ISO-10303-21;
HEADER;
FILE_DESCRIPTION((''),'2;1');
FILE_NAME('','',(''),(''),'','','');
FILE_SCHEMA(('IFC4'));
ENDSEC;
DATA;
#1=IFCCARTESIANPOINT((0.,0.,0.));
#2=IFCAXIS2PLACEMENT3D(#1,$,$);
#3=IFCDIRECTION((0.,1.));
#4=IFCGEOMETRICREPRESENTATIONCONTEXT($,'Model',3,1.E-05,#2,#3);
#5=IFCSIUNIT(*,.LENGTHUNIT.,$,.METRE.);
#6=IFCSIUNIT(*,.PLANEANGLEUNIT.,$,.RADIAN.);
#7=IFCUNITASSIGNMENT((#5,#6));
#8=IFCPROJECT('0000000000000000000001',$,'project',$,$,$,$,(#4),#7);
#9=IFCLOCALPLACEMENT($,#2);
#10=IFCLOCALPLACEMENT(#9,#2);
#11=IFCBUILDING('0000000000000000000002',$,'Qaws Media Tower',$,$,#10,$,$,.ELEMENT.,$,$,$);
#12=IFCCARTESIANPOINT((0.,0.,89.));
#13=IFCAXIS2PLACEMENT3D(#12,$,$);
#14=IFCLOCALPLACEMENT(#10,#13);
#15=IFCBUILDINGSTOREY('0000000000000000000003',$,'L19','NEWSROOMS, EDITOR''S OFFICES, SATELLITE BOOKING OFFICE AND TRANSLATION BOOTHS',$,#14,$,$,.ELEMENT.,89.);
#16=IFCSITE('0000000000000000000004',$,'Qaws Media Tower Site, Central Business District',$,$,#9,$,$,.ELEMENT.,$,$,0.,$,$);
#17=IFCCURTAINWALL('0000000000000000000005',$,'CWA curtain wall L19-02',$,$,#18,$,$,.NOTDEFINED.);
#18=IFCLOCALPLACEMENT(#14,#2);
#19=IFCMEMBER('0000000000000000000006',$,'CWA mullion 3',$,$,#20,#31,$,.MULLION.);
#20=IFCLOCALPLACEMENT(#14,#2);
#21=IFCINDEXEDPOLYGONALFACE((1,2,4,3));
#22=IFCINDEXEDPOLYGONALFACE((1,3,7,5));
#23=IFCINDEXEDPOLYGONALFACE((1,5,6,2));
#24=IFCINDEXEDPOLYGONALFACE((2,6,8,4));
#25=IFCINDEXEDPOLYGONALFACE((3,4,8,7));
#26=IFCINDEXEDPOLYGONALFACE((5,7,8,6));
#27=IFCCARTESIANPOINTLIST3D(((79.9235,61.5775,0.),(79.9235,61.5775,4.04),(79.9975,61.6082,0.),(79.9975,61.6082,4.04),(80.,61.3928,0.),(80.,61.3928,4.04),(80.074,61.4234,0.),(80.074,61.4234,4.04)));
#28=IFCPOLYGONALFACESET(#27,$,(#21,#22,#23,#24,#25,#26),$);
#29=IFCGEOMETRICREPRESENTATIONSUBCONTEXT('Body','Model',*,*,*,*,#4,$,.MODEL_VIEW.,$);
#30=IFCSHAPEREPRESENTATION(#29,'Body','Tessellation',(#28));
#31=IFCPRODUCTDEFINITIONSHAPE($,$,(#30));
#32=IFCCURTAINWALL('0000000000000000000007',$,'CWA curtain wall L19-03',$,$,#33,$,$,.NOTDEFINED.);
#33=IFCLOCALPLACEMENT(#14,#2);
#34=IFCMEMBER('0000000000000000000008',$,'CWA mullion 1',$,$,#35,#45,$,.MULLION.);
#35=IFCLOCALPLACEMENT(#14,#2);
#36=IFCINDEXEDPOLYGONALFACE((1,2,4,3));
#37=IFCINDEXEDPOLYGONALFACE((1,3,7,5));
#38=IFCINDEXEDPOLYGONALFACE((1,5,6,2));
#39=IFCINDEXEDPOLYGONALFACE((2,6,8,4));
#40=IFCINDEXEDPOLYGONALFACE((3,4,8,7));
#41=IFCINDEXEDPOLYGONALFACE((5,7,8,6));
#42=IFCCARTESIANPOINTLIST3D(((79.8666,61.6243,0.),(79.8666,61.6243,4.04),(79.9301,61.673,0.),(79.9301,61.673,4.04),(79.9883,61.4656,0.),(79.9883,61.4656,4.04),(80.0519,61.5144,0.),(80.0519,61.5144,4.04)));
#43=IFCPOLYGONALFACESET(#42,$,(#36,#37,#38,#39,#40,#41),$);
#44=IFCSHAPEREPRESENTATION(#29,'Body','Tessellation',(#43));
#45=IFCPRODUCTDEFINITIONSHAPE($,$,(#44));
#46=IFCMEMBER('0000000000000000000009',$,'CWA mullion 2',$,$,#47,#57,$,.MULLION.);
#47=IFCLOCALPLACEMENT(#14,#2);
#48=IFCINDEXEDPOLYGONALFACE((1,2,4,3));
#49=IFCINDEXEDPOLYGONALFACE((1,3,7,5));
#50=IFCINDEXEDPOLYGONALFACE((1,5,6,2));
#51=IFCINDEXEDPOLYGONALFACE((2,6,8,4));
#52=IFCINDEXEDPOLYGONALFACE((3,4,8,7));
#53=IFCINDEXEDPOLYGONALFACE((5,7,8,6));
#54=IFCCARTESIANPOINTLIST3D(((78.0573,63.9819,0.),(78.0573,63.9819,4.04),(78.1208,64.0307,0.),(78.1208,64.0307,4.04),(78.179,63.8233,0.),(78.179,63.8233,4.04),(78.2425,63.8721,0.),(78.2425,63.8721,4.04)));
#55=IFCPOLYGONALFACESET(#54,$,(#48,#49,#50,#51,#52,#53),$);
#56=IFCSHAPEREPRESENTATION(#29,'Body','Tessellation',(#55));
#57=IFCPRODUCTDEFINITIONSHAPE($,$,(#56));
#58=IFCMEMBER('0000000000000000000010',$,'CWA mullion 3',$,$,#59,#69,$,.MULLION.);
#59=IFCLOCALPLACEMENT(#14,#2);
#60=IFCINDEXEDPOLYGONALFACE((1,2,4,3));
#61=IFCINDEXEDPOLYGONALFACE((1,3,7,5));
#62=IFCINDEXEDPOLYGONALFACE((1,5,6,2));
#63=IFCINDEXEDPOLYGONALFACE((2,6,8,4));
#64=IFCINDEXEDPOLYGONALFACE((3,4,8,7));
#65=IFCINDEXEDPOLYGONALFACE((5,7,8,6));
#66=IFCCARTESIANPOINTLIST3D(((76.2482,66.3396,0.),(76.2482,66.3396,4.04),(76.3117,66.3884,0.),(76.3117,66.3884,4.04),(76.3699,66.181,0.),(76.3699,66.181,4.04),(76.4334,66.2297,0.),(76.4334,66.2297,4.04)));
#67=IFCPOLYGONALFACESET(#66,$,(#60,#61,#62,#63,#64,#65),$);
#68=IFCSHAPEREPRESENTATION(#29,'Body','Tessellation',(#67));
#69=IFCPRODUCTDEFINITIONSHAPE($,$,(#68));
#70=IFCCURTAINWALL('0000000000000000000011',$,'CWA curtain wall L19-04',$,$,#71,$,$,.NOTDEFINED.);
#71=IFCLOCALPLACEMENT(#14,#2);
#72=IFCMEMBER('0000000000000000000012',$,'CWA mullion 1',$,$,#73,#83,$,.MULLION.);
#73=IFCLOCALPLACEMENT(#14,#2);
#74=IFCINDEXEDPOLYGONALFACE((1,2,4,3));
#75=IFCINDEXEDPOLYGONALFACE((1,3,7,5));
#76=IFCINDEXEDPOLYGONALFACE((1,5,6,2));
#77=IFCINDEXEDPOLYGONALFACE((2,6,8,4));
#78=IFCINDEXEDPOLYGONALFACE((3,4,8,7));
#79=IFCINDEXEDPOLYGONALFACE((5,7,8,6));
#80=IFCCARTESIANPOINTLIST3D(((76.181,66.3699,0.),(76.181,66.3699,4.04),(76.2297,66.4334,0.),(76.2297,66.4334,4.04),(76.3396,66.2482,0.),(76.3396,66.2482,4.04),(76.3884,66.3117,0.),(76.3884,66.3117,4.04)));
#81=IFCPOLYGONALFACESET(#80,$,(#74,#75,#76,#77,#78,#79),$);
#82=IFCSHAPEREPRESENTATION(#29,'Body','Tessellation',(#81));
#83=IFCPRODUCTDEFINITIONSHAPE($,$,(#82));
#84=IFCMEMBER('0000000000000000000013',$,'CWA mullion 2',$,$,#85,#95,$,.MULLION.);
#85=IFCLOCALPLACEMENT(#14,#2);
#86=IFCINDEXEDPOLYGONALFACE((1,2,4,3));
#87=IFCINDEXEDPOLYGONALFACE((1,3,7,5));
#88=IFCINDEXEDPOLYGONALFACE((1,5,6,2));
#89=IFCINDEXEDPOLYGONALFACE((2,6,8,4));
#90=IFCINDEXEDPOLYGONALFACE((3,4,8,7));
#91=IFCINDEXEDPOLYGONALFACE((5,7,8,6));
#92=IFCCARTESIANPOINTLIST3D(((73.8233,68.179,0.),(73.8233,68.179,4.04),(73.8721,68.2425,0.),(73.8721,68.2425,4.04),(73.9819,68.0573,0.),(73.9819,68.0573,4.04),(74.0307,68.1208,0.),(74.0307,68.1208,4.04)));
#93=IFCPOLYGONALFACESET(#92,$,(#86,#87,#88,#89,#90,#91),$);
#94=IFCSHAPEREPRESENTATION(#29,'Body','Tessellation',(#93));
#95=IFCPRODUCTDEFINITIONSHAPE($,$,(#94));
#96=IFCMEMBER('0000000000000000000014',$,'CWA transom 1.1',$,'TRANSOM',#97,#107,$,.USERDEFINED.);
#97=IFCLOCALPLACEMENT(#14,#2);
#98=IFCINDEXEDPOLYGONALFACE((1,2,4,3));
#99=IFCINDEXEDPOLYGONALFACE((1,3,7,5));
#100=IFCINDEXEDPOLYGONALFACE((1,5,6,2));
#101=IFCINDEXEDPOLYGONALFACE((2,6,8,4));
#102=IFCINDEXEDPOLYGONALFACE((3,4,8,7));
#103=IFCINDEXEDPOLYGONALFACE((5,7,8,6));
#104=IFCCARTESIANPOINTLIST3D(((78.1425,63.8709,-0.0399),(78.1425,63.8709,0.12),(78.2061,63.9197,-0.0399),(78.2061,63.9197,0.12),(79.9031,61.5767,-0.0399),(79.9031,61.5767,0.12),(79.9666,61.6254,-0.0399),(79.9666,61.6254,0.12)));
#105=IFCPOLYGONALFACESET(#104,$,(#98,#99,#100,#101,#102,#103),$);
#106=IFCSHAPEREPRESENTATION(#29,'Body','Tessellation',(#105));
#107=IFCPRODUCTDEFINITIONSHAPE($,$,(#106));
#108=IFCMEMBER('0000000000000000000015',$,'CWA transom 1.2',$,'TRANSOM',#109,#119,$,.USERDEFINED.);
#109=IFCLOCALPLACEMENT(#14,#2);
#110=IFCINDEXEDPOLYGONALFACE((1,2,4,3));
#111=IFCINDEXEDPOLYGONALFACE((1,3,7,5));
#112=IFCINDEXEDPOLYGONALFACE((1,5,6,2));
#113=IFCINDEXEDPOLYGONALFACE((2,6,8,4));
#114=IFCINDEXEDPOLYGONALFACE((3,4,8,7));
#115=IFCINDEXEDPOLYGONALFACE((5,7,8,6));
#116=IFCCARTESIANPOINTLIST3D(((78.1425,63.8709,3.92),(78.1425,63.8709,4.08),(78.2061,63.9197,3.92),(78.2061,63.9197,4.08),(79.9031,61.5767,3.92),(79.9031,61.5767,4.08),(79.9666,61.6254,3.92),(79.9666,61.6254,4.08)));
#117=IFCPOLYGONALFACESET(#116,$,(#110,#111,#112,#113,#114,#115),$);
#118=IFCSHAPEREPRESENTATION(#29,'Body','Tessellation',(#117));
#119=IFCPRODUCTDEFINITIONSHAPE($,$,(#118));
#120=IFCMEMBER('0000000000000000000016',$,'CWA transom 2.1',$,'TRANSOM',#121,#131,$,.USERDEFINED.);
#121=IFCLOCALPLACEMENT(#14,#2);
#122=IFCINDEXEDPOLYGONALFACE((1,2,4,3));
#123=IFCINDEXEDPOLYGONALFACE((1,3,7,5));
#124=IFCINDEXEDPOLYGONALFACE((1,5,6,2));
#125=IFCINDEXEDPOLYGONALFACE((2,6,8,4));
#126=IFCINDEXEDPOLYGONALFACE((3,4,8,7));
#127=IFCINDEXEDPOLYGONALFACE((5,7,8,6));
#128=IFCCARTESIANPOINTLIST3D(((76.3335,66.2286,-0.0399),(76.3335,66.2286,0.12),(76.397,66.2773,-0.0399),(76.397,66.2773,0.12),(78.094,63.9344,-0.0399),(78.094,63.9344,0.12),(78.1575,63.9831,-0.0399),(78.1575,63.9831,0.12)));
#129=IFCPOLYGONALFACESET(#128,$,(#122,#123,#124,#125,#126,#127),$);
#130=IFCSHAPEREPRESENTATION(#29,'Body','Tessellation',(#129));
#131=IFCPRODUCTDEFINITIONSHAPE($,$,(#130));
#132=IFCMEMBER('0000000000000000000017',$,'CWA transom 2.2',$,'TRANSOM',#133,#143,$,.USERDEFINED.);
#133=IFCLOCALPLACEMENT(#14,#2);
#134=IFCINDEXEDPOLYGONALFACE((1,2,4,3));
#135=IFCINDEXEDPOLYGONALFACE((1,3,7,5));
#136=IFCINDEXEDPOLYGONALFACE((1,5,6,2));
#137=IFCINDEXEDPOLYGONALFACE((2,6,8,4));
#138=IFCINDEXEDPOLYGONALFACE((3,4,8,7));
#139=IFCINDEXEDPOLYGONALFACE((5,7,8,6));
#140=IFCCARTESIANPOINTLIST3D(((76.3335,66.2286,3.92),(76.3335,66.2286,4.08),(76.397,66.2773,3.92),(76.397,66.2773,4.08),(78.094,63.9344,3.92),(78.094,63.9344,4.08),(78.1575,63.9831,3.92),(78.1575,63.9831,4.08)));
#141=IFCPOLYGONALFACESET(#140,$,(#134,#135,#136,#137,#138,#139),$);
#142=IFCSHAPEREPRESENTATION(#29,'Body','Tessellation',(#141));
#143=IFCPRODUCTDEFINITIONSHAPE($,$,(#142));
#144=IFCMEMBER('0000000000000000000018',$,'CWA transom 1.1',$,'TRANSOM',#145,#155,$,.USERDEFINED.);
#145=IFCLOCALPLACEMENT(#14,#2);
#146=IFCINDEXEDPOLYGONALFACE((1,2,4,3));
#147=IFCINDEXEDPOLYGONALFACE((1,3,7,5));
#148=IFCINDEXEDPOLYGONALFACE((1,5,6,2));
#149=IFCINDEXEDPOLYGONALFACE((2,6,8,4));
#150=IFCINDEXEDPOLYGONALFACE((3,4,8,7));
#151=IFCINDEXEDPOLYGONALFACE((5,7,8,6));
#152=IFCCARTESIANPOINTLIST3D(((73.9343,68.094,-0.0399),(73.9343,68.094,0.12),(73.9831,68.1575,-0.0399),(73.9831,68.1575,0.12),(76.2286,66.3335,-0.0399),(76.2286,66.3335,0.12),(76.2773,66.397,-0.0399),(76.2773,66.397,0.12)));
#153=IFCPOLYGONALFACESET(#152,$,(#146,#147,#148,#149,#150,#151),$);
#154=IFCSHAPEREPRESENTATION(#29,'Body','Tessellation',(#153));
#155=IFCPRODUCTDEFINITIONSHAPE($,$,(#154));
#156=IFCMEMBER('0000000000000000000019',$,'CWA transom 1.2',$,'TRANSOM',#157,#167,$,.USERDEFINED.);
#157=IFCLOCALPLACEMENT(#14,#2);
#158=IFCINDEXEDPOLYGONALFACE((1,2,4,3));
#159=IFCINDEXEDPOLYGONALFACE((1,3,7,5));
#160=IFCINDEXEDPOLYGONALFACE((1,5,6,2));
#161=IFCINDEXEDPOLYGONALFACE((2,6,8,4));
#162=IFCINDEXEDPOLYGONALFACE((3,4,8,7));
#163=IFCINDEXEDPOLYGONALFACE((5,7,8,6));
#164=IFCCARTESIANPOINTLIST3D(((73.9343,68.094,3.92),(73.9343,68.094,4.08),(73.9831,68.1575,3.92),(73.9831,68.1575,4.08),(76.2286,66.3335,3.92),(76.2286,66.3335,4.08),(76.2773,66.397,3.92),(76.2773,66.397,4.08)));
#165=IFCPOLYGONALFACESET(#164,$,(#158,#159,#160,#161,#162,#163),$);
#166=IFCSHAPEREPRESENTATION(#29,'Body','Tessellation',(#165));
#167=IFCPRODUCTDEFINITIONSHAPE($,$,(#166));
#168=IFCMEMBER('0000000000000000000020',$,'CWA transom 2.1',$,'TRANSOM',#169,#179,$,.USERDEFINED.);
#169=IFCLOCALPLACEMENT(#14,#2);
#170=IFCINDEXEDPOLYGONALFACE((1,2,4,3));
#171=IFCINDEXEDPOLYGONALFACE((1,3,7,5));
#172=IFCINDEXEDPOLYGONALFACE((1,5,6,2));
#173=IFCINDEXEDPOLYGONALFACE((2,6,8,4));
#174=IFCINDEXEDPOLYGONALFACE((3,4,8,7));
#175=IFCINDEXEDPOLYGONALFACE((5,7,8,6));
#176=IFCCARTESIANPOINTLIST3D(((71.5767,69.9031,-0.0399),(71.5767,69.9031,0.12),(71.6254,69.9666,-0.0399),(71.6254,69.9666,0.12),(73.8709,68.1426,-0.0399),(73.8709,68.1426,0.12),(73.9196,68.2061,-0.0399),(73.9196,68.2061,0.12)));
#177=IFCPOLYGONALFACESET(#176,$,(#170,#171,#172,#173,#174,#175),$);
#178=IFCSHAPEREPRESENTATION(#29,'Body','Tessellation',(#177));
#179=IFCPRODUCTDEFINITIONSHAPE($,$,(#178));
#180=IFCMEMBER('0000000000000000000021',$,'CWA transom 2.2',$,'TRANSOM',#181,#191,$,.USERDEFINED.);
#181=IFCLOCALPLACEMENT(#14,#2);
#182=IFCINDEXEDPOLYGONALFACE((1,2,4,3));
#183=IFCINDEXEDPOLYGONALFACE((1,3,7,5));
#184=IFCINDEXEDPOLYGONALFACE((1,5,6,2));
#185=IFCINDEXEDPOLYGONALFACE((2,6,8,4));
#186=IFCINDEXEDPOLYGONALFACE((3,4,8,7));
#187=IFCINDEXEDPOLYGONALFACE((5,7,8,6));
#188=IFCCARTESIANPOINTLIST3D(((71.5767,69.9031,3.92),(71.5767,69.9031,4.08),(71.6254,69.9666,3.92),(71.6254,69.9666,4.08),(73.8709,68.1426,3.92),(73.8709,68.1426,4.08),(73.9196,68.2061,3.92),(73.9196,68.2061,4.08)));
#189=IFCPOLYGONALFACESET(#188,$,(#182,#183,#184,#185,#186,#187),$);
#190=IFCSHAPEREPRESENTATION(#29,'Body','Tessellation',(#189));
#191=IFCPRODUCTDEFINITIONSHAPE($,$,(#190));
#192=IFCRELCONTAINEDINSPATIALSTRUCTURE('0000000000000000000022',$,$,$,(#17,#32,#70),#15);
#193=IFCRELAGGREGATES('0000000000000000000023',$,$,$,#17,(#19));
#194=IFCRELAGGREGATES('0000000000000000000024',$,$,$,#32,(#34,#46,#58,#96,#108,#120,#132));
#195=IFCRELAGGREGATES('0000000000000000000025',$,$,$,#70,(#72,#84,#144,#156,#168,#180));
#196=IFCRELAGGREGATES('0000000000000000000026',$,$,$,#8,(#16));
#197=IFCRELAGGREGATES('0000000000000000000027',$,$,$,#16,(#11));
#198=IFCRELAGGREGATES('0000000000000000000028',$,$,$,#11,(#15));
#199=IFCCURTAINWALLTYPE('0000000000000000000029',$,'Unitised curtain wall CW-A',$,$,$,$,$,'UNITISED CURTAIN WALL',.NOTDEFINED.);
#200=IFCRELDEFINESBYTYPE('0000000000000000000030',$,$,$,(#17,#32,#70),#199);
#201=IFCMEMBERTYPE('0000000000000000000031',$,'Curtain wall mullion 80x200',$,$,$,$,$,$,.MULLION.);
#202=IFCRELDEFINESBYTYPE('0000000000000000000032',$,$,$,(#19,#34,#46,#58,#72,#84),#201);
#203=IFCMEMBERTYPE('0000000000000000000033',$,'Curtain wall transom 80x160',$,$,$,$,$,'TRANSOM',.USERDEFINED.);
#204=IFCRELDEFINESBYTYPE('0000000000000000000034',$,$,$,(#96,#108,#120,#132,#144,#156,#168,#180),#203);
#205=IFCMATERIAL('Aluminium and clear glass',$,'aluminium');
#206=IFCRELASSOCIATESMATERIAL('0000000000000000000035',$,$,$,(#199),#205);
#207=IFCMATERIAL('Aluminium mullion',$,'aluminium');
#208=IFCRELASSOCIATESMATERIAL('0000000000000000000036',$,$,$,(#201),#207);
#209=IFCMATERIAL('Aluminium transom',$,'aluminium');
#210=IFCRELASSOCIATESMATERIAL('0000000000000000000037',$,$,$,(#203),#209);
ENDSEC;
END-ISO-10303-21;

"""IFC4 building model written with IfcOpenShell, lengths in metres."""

from ifc_helpers import new_model, si_unit, direction, frame, origin, origin_2d, place, context, subcontext, project, spatial, rectangle, extrude, material, material_profile, profile_set, type_object, element, aggregate, save


model = new_model("IFC4")

# Units and contexts
model_context = context("Model", 3, precision=1e-05, world=origin(), true_north=direction((0.0, 1.0)))
body_context = subcontext(model_context, "Body", "Model", "MODEL_VIEW")
ifc_project = project(units=[si_unit("LENGTHUNIT", "METRE"), si_unit("PLANEANGLEUNIT", "RADIAN")], contexts=[model_context])

# Site, building, storey
site_placement = place(None, origin())
site = spatial("IfcSite", under=ifc_project, at=site_placement, Name="Qaws Media Tower Site, Central Business District", CompositionType="ELEMENT", RefElevation=0.0)
building_placement = place(site_placement, origin())
building = spatial("IfcBuilding", under=site, at=building_placement, Name="Qaws Media Tower", CompositionType="ELEMENT")
storey_placement = place(building_placement, frame((0.0, 0.0, 89.0)))
storey = spatial("IfcBuildingStorey", under=building, at=storey_placement, Name="L19", Description="NEWSROOMS, EDITOR'S OFFICES, SATELLITE BOOKING OFFICE AND TRANSLATION BOOTHS", CompositionType="ELEMENT", Elevation=89.0)

# Curtain wall, member
ifc_material_1 = material(Name="Aluminium and clear glass", Category="aluminium")
curtain_wall_type = type_object("IfcCurtainWallType", Name="Unitised curtain wall CW-A", ElementType="UNITISED CURTAIN WALL", PredefinedType="NOTDEFINED", material=ifc_material_1)
curtain_wall_1_placement = place(storey_placement, origin())
curtain_wall_1 = element("IfcCurtainWall", 1, at=curtain_wall_1_placement, inside=storey, type_object=curtain_wall_type, Name="CWA curtain wall L19-02", PredefinedType="NOTDEFINED")
ifc_material_2 = material(Name="Aluminium mullion", Category="aluminium")
ifc_material_profile_1 = material_profile(ifc_material_2, rectangle(XDim=0.0801, YDim=0.2, at=origin_2d()), Name="80x200")
ifc_profile_set_1 = profile_set([ifc_material_profile_1], Name="Aluminium mullion")
member_type_1 = type_object("IfcMemberType", Name="Curtain wall mullion 80x200", PredefinedType="MULLION", material=ifc_profile_set_1)
member_1_placement = place(storey_placement, frame((79.9988, 61.5005, 0.0), z_axis=(0.0, 0.0, 1.0), x_axis=(-0.92388, -0.382683, 0.0)))
member_1 = element("IfcMember", 2, at=member_1_placement, type_object=member_type_1, Name="CWA mullion 3", PredefinedType="MULLION", context=body_context, shape_type="SweptSolid", body=[
    extrude(rectangle(XDim=0.0801, YDim=0.2, at=origin_2d()), origin(), (0.0, 0.0, 1.0), 4.04),
])
aggregate(curtain_wall_1, [member_1])

# Curtain walls, members
curtain_wall_2_placement = place(storey_placement, origin())
curtain_wall_2 = element("IfcCurtainWall", 3, at=curtain_wall_2_placement, inside=storey, type_object=curtain_wall_type, Name="CWA curtain wall L19-03", PredefinedType="NOTDEFINED")
member_2_placement = place(storey_placement, frame((79.9592, 61.5693, 0.0), z_axis=(0.0, 0.0, 1.0), x_axis=(-0.793353, -0.608761, 0.0)))
member_2 = element("IfcMember", 4, at=member_2_placement, type_object=member_type_1, Name="CWA mullion 1", PredefinedType="MULLION", context=body_context, shape_type="SweptSolid", body=[
    extrude(rectangle(XDim=0.0801, YDim=0.2, at=origin_2d()), origin(), (0.0, 0.0, 1.0), 4.04),
])
member_3_placement = place(storey_placement, frame((78.1499, 63.927, 0.0), z_axis=(0.0, 0.0, 1.0), x_axis=(-0.793353, -0.608761, 0.0)))
member_3 = element("IfcMember", 5, at=member_3_placement, type_object=member_type_1, Name="CWA mullion 2", PredefinedType="MULLION", context=body_context, shape_type="SweptSolid", body=[
    extrude(rectangle(XDim=0.0801, YDim=0.2, at=origin_2d()), origin(), (0.0, 0.0, 1.0), 4.04),
])
member_4_placement = place(storey_placement, frame((76.3408, 66.2847, 0.0), z_axis=(0.0, 0.0, 1.0), x_axis=(-0.793353, -0.608761, 0.0)))
member_4 = element("IfcMember", 6, at=member_4_placement, type_object=member_type_1, Name="CWA mullion 3", PredefinedType="MULLION", context=body_context, shape_type="SweptSolid", body=[
    extrude(rectangle(XDim=0.0801, YDim=0.2, at=origin_2d()), origin(), (0.0, 0.0, 1.0), 4.04),
])
curtain_wall_3_placement = place(storey_placement, origin())
curtain_wall_3 = element("IfcCurtainWall", 7, at=curtain_wall_3_placement, inside=storey, type_object=curtain_wall_type, Name="CWA curtain wall L19-04", PredefinedType="NOTDEFINED")
member_5_placement = place(storey_placement, frame((76.2847, 66.3408, 0.0), z_axis=(0.0, 0.0, 1.0), x_axis=(-0.608761, -0.793353, 0.0)))
member_5 = element("IfcMember", 8, at=member_5_placement, type_object=member_type_1, Name="CWA mullion 1", PredefinedType="MULLION", context=body_context, shape_type="SweptSolid", body=[
    extrude(rectangle(XDim=0.0801, YDim=0.2, at=origin_2d()), origin(), (0.0, 0.0, 1.0), 4.04),
])
member_6_placement = place(storey_placement, frame((73.927, 68.1499, 0.0), z_axis=(0.0, 0.0, 1.0), x_axis=(-0.608761, -0.793353, 0.0)))
member_6 = element("IfcMember", 9, at=member_6_placement, type_object=member_type_1, Name="CWA mullion 2", PredefinedType="MULLION", context=body_context, shape_type="SweptSolid", body=[
    extrude(rectangle(XDim=0.0801, YDim=0.2, at=origin_2d()), origin(), (0.0, 0.0, 1.0), 4.04),
])

# Members
ifc_material_3 = material(Name="Aluminium transom", Category="aluminium")
ifc_material_profile_2 = material_profile(ifc_material_3, rectangle(XDim=0.0801, YDim=0.1599, at=origin_2d()), Name="80x160")
ifc_profile_set_2 = profile_set([ifc_material_profile_2], Name="Aluminium transom")
member_type_2 = type_object("IfcMemberType", Name="Curtain wall transom 80x160", ElementType="TRANSOM", PredefinedType="USERDEFINED", material=ifc_profile_set_2)
member_7_placement = place(storey_placement, frame((79.9348, 61.6011, 0.04), z_axis=(-0.608784, 0.793336, 0.0), x_axis=(-0.793336, -0.608784, 0.0)))
member_7 = element("IfcMember", 10, at=member_7_placement, type_object=member_type_2, Name="CWA transom 1.1", ObjectType="TRANSOM", PredefinedType="USERDEFINED", context=body_context, shape_type="SweptSolid", body=[
    extrude(rectangle(XDim=0.0801, YDim=0.1599, at=origin_2d()), origin(), (0.0, 0.0, 1.0), 2.8918),
])
member_8_placement = place(storey_placement, frame((79.9348, 61.6011, 4.0), z_axis=(-0.608784, 0.793336, 0.0), x_axis=(-0.793336, -0.608784, 0.0)))
member_8 = element("IfcMember", 11, at=member_8_placement, type_object=member_type_2, Name="CWA transom 1.2", ObjectType="TRANSOM", PredefinedType="USERDEFINED", context=body_context, shape_type="SweptSolid", body=[
    extrude(rectangle(XDim=0.0801, YDim=0.1599, at=origin_2d()), origin(), (0.0, 0.0, 1.0), 2.8918),
])
member_9_placement = place(storey_placement, frame((78.1257, 63.9587, 0.04), z_axis=(-0.608784, 0.793336, 0.0), x_axis=(-0.793336, -0.608784, 0.0)))
member_9 = element("IfcMember", 12, at=member_9_placement, type_object=member_type_2, Name="CWA transom 2.1", ObjectType="TRANSOM", PredefinedType="USERDEFINED", context=body_context, shape_type="SweptSolid", body=[
    extrude(rectangle(XDim=0.0801, YDim=0.1599, at=origin_2d()), origin(), (0.0, 0.0, 1.0), 2.8918),
])
member_10_placement = place(storey_placement, frame((78.1257, 63.9587, 4.0), z_axis=(-0.608784, 0.793336, 0.0), x_axis=(-0.793336, -0.608784, 0.0)))
member_10 = element("IfcMember", 13, at=member_10_placement, type_object=member_type_2, Name="CWA transom 2.2", ObjectType="TRANSOM", PredefinedType="USERDEFINED", context=body_context, shape_type="SweptSolid", body=[
    extrude(rectangle(XDim=0.0801, YDim=0.1599, at=origin_2d()), origin(), (0.0, 0.0, 1.0), 2.8918),
])
member_11_placement = place(storey_placement, frame((76.2529, 66.3652, 0.04), z_axis=(-0.793336, 0.608784, 0.0), x_axis=(-0.608784, -0.793336, 0.0)))
member_11 = element("IfcMember", 14, at=member_11_placement, type_object=member_type_2, Name="CWA transom 1.1", ObjectType="TRANSOM", PredefinedType="USERDEFINED", context=body_context, shape_type="SweptSolid", body=[
    extrude(rectangle(XDim=0.0801, YDim=0.1599, at=origin_2d()), origin(), (0.0, 0.0, 1.0), 2.8918),
])
member_12_placement = place(storey_placement, frame((76.2529, 66.3652, 4.0), z_axis=(-0.793336, 0.608784, 0.0), x_axis=(-0.608784, -0.793336, 0.0)))
member_12 = element("IfcMember", 15, at=member_12_placement, type_object=member_type_2, Name="CWA transom 1.2", ObjectType="TRANSOM", PredefinedType="USERDEFINED", context=body_context, shape_type="SweptSolid", body=[
    extrude(rectangle(XDim=0.0801, YDim=0.1599, at=origin_2d()), origin(), (0.0, 0.0, 1.0), 2.8918),
])
member_13_placement = place(storey_placement, frame((73.8953, 68.1743, 0.04), z_axis=(-0.793336, 0.608784, 0.0), x_axis=(-0.608784, -0.793336, 0.0)))
member_13 = element("IfcMember", 16, at=member_13_placement, type_object=member_type_2, Name="CWA transom 2.1", ObjectType="TRANSOM", PredefinedType="USERDEFINED", context=body_context, shape_type="SweptSolid", body=[
    extrude(rectangle(XDim=0.0801, YDim=0.1599, at=origin_2d()), origin(), (0.0, 0.0, 1.0), 2.8918),
])
member_14_placement = place(storey_placement, frame((73.8953, 68.1743, 4.0), z_axis=(-0.793336, 0.608784, 0.0), x_axis=(-0.608784, -0.793336, 0.0)))
member_14 = element("IfcMember", 17, at=member_14_placement, type_object=member_type_2, Name="CWA transom 2.2", ObjectType="TRANSOM", PredefinedType="USERDEFINED", context=body_context, shape_type="SweptSolid", body=[
    extrude(rectangle(XDim=0.0801, YDim=0.1599, at=origin_2d()), origin(), (0.0, 0.0, 1.0), 2.8918),
])

aggregate(curtain_wall_2, [member_2, member_3, member_4, member_7, member_8, member_9, member_10])
aggregate(curtain_wall_3, [member_5, member_6, member_11, member_12, member_13, member_14])

save(model, "model.ifc")
